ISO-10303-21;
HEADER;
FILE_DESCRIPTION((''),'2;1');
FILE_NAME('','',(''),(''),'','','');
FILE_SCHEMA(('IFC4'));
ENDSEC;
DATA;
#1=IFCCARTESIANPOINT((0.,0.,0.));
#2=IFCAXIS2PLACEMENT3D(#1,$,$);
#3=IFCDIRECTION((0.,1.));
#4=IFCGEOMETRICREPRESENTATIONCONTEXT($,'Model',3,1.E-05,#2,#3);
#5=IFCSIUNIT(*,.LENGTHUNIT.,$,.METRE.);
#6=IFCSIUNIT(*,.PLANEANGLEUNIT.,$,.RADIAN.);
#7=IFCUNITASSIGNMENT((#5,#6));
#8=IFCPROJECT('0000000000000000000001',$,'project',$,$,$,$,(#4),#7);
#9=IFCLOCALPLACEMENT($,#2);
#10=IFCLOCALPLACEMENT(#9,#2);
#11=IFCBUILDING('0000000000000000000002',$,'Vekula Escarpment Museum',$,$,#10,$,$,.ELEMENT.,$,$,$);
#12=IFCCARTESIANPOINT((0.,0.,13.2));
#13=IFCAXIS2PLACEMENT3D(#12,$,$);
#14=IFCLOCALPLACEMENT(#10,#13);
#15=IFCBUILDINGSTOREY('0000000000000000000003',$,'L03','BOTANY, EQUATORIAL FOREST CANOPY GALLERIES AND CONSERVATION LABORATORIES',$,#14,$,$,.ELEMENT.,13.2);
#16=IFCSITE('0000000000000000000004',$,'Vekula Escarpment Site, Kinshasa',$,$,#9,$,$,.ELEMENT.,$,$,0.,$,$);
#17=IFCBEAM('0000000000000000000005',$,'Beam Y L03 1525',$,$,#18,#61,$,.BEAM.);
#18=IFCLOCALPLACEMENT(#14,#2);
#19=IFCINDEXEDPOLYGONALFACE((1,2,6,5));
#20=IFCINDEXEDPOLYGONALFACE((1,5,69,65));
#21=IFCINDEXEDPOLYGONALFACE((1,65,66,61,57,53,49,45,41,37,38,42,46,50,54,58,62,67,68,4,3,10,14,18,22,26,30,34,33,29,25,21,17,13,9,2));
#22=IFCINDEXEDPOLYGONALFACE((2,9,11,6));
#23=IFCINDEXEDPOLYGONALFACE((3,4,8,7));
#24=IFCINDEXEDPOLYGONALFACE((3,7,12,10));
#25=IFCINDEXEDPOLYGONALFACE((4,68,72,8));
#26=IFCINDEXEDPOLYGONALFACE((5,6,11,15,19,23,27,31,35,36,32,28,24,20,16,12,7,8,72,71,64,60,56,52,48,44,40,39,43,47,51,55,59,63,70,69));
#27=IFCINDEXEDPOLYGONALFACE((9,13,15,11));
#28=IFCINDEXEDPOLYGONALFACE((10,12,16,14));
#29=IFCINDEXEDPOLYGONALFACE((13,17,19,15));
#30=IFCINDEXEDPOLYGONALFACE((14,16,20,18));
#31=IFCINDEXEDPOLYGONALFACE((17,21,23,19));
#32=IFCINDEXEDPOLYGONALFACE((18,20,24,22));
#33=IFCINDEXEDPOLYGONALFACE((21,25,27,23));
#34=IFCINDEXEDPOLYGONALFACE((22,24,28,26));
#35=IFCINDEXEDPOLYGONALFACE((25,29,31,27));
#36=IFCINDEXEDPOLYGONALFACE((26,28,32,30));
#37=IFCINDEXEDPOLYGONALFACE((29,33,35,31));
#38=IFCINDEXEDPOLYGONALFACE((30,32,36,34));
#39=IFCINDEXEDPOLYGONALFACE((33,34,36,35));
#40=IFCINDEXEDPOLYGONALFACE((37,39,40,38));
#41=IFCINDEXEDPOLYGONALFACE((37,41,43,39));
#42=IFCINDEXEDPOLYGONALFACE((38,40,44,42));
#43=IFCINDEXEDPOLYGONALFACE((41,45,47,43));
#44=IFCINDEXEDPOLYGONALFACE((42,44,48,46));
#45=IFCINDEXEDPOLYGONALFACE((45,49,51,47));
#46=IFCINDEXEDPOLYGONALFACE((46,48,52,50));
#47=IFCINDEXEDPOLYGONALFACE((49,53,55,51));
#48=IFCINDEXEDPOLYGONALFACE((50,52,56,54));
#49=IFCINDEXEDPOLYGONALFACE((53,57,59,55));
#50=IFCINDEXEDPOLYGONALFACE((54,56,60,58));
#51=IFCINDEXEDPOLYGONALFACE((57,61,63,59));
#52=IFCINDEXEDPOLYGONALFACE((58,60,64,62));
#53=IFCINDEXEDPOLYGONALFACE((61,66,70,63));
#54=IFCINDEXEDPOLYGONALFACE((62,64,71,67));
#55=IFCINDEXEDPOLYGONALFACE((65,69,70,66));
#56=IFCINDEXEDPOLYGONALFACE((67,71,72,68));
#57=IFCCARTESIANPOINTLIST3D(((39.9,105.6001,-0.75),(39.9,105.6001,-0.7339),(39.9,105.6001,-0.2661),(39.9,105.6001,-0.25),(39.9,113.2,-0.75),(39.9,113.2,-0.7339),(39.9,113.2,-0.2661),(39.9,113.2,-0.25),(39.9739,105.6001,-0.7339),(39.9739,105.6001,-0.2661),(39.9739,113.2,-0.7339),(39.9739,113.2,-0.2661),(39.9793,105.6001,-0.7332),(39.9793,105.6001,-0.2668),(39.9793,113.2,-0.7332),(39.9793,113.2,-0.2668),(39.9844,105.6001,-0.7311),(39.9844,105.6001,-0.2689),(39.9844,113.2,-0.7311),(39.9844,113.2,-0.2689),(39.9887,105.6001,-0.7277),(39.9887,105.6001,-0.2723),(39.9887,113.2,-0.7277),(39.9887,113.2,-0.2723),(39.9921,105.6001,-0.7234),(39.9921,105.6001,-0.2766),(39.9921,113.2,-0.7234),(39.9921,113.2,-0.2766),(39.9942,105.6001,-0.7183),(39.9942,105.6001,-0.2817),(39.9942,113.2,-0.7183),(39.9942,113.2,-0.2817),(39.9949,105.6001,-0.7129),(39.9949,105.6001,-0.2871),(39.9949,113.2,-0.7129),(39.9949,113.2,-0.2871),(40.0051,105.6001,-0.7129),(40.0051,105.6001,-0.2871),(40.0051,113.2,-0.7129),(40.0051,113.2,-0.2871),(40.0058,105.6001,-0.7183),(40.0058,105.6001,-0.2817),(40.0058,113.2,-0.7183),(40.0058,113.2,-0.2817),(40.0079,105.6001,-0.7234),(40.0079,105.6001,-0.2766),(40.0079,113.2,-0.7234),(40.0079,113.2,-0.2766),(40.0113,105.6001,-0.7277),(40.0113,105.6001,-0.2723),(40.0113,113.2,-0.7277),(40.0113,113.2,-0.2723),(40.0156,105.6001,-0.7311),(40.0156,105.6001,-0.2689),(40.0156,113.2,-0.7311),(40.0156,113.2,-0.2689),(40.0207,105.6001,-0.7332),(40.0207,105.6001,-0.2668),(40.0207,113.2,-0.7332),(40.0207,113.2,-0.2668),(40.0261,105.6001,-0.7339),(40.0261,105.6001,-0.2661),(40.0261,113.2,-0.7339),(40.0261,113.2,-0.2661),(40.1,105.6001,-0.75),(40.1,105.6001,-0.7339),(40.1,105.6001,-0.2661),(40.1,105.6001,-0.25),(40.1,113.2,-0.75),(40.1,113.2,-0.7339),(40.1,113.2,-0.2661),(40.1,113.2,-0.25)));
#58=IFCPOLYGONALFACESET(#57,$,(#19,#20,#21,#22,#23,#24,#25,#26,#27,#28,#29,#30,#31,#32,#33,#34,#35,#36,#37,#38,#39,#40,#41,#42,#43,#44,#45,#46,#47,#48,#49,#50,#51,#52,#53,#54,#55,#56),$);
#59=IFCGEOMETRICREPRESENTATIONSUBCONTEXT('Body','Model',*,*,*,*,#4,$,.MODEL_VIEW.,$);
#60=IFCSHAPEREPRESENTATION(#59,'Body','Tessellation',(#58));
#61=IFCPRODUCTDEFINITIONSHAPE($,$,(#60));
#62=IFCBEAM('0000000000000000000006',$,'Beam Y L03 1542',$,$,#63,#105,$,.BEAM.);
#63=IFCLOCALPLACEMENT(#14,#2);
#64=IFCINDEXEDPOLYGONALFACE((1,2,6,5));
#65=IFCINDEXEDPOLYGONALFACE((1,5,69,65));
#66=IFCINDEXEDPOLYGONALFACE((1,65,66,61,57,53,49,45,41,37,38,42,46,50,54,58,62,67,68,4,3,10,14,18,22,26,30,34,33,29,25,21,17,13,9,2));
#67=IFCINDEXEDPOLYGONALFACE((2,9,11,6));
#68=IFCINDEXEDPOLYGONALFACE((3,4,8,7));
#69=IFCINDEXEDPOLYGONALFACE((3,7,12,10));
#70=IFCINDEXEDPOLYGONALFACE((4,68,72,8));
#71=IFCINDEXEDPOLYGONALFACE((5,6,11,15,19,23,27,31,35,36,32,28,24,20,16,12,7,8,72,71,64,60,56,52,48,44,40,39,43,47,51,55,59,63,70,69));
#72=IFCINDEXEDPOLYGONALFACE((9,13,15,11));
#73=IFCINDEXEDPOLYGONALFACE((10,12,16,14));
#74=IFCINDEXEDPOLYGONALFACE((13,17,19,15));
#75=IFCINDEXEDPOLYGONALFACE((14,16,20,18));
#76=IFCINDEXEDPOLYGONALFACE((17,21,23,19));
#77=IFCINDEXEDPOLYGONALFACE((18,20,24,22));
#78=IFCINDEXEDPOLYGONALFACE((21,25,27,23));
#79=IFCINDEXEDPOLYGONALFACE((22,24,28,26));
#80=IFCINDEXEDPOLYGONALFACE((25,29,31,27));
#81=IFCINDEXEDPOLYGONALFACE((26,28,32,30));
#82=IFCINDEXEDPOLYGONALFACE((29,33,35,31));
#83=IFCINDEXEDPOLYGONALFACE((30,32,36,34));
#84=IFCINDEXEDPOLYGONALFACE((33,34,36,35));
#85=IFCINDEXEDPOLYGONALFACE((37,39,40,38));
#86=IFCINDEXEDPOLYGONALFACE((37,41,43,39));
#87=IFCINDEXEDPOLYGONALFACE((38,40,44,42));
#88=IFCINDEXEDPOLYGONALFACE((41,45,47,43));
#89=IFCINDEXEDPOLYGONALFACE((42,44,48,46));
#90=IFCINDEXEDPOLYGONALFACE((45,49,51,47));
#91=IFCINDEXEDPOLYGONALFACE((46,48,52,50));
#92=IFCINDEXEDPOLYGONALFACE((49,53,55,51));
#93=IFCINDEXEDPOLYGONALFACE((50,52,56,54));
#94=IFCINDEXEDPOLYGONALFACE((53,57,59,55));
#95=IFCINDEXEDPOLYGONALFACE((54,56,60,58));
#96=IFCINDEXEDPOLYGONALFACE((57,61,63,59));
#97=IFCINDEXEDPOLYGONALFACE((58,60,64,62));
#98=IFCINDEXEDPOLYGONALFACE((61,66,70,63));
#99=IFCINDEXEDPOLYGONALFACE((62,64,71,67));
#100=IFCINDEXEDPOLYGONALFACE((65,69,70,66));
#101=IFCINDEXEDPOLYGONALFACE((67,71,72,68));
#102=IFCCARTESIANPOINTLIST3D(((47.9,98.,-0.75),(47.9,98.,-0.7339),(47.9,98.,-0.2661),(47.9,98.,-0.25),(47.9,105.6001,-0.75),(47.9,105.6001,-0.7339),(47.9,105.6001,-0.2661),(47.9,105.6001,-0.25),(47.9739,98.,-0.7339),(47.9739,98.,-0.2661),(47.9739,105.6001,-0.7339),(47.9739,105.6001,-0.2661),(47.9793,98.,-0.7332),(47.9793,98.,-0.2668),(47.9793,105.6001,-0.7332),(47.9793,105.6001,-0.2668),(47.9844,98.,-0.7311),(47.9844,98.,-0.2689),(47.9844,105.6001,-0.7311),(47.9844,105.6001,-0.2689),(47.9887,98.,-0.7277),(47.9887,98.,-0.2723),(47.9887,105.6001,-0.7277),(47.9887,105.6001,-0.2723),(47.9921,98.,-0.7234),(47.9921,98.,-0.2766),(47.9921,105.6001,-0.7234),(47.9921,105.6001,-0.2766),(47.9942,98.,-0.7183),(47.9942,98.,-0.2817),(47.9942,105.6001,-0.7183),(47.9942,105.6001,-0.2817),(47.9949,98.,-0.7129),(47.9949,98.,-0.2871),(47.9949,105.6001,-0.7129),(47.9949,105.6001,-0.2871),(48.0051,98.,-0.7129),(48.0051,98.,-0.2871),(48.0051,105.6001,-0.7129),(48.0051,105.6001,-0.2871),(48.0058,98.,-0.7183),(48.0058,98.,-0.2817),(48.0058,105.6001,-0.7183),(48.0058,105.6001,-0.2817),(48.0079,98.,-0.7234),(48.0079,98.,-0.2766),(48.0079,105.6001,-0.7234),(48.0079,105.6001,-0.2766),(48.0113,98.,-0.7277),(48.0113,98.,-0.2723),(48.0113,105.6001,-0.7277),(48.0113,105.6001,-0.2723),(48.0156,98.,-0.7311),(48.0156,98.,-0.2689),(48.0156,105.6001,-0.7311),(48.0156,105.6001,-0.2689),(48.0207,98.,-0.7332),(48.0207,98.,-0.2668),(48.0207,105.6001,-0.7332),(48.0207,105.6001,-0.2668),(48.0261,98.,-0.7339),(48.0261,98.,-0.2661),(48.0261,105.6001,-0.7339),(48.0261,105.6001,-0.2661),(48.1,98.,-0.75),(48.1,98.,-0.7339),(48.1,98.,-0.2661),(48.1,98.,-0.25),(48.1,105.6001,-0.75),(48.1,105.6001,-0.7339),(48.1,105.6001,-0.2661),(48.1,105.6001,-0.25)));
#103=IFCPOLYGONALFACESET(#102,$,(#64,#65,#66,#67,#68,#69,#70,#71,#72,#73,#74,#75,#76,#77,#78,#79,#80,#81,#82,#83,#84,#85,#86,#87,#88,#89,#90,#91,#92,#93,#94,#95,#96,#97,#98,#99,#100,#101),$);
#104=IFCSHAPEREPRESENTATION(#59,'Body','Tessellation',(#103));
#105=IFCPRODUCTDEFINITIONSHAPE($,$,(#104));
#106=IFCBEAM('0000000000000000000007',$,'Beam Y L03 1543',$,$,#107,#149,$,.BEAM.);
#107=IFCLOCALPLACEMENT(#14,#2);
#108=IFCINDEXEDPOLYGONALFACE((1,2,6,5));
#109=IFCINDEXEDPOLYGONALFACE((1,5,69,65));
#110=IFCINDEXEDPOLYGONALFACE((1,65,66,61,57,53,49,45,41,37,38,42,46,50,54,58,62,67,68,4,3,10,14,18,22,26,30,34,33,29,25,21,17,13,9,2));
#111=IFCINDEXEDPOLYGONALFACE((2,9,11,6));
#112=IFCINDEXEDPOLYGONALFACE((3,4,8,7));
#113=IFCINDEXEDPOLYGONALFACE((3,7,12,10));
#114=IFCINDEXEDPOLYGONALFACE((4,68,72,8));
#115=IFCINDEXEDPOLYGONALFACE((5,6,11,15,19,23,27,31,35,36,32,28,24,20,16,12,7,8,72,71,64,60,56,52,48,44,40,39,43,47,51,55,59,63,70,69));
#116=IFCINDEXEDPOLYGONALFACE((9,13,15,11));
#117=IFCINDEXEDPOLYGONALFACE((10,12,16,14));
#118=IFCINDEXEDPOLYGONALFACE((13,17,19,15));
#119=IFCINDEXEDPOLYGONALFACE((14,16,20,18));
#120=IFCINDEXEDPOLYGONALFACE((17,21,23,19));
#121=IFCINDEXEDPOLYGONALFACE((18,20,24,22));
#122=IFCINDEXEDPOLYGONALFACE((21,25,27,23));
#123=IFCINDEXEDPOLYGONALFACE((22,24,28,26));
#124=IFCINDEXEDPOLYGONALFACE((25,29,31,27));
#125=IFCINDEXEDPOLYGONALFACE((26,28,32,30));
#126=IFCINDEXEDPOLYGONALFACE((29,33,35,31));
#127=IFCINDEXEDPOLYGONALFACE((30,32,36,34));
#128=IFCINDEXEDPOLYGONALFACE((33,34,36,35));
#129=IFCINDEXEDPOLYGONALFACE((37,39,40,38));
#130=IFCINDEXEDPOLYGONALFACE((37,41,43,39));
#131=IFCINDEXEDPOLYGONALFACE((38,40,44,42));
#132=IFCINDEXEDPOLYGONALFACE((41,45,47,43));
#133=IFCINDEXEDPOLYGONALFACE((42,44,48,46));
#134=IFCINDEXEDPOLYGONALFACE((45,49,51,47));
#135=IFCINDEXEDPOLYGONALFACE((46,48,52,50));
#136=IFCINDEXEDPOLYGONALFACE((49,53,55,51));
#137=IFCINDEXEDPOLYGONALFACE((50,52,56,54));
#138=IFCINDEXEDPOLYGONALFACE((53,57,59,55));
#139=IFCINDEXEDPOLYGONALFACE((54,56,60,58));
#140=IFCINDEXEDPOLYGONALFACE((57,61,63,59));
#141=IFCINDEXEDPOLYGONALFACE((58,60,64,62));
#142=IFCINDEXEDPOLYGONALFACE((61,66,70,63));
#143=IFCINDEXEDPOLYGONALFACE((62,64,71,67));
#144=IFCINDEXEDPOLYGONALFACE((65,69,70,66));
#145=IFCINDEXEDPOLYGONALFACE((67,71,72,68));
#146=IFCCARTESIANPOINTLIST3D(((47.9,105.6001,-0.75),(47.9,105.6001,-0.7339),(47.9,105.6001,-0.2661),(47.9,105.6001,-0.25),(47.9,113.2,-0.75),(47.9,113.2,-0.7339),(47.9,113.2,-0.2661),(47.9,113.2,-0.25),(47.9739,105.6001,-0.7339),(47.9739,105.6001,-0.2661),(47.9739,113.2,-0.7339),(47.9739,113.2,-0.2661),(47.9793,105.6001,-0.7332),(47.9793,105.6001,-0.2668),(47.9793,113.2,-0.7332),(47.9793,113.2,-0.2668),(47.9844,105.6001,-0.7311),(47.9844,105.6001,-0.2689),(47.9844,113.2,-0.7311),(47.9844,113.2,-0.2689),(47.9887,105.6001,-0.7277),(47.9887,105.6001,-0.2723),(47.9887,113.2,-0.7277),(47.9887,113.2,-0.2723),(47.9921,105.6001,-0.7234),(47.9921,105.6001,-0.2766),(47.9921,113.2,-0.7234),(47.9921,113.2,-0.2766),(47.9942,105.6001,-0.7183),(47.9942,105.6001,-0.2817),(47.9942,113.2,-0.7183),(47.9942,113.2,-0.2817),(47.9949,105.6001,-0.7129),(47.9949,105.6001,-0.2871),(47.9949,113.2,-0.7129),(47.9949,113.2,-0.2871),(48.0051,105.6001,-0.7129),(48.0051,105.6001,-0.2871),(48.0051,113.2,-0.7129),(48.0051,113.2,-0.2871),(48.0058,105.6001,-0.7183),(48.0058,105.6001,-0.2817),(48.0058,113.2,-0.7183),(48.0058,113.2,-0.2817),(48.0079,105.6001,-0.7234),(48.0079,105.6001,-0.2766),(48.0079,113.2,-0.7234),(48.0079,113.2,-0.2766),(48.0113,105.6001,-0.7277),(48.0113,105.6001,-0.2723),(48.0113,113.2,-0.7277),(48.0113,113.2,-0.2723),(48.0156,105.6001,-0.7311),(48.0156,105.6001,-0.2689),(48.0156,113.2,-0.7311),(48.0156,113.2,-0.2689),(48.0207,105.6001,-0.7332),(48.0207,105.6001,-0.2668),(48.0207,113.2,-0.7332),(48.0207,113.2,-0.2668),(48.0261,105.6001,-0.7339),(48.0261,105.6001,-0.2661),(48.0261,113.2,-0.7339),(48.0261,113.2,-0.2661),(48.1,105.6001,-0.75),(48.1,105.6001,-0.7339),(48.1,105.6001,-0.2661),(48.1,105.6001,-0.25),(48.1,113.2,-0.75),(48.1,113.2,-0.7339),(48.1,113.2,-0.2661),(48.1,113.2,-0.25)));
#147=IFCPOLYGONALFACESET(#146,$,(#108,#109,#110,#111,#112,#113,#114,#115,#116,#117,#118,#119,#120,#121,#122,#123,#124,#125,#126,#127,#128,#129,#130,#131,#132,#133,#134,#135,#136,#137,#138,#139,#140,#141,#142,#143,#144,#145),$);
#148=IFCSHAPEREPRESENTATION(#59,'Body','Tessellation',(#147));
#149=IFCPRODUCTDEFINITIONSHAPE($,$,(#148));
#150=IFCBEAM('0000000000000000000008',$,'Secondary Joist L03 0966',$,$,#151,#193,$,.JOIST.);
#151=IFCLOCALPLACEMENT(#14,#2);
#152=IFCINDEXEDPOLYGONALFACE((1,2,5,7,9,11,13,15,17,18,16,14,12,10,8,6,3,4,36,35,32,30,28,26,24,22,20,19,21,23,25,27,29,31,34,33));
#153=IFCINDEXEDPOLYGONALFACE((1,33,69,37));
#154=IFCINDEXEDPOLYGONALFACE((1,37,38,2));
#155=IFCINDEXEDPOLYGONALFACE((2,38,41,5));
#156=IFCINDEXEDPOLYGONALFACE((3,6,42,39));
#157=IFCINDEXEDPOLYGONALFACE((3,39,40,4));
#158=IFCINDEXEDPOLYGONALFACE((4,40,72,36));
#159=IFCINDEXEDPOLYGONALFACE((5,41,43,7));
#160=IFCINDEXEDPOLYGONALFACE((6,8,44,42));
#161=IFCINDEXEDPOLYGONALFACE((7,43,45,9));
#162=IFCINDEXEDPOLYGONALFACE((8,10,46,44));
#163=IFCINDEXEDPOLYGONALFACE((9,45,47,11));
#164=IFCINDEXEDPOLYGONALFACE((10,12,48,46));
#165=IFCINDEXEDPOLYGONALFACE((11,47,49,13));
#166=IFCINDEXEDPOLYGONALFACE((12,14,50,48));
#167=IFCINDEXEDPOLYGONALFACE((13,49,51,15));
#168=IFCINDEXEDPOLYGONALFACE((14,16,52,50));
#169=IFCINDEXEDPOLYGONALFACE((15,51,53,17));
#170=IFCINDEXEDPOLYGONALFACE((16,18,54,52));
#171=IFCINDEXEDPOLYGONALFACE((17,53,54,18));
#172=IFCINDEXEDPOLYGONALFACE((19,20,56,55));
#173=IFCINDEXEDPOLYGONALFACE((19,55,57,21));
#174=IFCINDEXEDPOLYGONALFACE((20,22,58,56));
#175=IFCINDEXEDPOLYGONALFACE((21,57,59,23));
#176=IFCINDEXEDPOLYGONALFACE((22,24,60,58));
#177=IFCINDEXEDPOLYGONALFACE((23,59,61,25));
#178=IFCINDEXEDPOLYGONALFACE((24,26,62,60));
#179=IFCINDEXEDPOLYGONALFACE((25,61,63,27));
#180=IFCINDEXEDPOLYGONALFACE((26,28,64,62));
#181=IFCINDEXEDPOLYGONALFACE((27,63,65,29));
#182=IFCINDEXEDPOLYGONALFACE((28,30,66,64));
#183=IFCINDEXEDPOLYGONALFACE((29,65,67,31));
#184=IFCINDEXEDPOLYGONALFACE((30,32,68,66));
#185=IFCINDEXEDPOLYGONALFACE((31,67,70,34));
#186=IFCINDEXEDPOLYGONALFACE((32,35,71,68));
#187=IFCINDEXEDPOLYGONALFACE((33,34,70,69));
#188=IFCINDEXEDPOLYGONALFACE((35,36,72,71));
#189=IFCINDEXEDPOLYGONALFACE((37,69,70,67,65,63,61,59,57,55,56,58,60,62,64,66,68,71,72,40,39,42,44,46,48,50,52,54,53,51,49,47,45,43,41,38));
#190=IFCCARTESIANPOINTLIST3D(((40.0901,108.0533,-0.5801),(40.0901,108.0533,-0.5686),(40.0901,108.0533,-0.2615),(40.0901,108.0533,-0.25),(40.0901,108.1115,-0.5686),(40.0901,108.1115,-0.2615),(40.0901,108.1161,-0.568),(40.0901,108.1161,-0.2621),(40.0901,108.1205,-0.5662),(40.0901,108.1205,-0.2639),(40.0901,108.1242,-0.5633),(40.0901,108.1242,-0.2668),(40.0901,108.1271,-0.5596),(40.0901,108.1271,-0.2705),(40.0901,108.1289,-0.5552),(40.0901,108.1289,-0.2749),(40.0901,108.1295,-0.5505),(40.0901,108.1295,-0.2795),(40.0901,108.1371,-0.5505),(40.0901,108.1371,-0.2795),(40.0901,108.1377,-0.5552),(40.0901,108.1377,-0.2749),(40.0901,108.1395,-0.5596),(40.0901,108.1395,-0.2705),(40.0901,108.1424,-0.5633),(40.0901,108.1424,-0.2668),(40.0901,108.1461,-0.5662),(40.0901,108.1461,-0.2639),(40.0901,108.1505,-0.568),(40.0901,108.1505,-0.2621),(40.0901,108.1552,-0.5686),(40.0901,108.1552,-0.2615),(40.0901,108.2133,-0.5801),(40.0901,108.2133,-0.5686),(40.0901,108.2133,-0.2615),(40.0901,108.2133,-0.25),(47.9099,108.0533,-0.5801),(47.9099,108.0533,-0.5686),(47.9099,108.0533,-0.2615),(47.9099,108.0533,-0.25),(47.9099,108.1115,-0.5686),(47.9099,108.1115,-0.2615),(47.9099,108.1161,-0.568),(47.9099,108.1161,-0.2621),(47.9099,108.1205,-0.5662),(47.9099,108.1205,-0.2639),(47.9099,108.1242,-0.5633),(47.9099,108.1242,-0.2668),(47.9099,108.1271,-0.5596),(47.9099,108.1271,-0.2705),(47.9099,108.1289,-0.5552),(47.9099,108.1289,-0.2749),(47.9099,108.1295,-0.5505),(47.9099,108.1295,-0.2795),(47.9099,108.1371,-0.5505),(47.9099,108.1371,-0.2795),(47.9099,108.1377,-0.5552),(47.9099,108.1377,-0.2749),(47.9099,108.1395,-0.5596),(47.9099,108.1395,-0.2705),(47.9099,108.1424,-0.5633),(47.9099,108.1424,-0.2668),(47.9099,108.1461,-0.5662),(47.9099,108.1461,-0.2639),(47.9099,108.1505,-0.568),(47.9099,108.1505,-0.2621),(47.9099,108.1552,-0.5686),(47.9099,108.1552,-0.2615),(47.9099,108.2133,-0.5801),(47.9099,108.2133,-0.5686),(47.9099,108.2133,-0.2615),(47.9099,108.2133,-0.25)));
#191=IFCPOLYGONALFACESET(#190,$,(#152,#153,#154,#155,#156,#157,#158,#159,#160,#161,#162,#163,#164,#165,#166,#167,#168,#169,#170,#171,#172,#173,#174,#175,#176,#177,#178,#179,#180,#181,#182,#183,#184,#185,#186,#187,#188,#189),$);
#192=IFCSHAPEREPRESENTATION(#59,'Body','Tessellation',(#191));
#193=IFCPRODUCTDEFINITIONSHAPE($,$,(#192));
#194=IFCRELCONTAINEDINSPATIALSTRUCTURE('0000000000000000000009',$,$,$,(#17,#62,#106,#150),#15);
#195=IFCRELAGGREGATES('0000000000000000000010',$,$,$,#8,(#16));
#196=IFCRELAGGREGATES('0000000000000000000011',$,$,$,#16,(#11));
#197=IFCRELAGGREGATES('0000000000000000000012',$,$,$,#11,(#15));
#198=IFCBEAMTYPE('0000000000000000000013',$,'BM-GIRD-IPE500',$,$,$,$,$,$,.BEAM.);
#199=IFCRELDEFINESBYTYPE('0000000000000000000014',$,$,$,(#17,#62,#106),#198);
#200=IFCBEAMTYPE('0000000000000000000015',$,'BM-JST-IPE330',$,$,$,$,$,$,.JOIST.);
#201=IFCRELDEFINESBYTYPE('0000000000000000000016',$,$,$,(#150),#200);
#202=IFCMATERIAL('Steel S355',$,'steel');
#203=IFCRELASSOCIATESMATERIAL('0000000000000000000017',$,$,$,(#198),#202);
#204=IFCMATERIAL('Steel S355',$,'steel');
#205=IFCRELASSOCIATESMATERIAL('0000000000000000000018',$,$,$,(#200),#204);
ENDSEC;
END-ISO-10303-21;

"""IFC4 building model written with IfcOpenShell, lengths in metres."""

from ifc_helpers import new_model, si_unit, direction, frame, origin, origin_2d, place, context, subcontext, project, spatial, i_section, extrude, material, material_profile, profile_set, type_object, element, save


model = new_model("IFC4")

# Units and contexts
model_context = context("Model", 3, precision=1e-05, world=origin(), true_north=direction((0.0, 1.0)))
body_context = subcontext(model_context, "Body", "Model", "MODEL_VIEW")
ifc_project = project(units=[si_unit("LENGTHUNIT", "METRE"), si_unit("PLANEANGLEUNIT", "RADIAN")], contexts=[model_context])

# Site, building, storey
site_placement = place(None, origin())
site = spatial("IfcSite", under=ifc_project, at=site_placement, Name="Vekula Escarpment Site, Kinshasa", CompositionType="ELEMENT", RefElevation=0.0)
building_placement = place(site_placement, origin())
building = spatial("IfcBuilding", under=site, at=building_placement, Name="Vekula Escarpment Museum", CompositionType="ELEMENT")
storey_placement = place(building_placement, frame((0.0, 0.0, 13.2)))
storey = spatial("IfcBuildingStorey", under=building, at=storey_placement, Name="L03", Description="BOTANY, EQUATORIAL FOREST CANOPY GALLERIES AND CONSERVATION LABORATORIES", CompositionType="ELEMENT", Elevation=13.2)

# Beams
ifc_material_1 = material(Name="Steel S355", Category="steel")
ifc_material_profile_1 = material_profile(ifc_material_1, i_section(OverallWidth=0.2, OverallDepth=0.5, WebThickness=0.0103, FlangeThickness=0.0161, FilletRadius=0.021, at=origin_2d()), Name="IPE 500")
ifc_profile_set_1 = profile_set([ifc_material_profile_1], Name="Steel S355")
beam_type_1 = type_object("IfcBeamType", Name="BM-GIRD-IPE500", PredefinedType="BEAM", material=ifc_profile_set_1)
beam_1_placement = place(storey_placement, frame((40.0, 105.6001, -0.5), z_axis=(0.0, 1.0, 0.0), x_axis=(-1.0, 0.0, 0.0)))
element("IfcBeam", 1, at=beam_1_placement, inside=storey, type_object=beam_type_1, Name="Beam Y L03 1525", PredefinedType="BEAM", context=body_context, shape_type="SweptSolid", body=[
    extrude(i_section(OverallWidth=0.2, OverallDepth=0.5, WebThickness=0.0103, FlangeThickness=0.0161, FilletRadius=0.021, at=origin_2d()), origin(), (0.0, 0.0, 1.0), 7.5999),
])
beam_2_placement = place(storey_placement, frame((48.0, 98.0, -0.5), z_axis=(0.0, 1.0, 0.0), x_axis=(-1.0, 0.0, 0.0)))
element("IfcBeam", 2, at=beam_2_placement, inside=storey, type_object=beam_type_1, Name="Beam Y L03 1542", PredefinedType="BEAM", context=body_context, shape_type="SweptSolid", body=[
    extrude(i_section(OverallWidth=0.2, OverallDepth=0.5, WebThickness=0.0103, FlangeThickness=0.0161, FilletRadius=0.021, at=origin_2d()), origin(), (0.0, 0.0, 1.0), 7.6001),
])
beam_3_placement = place(storey_placement, frame((48.0, 105.6001, -0.5), z_axis=(0.0, 1.0, 0.0), x_axis=(-1.0, 0.0, 0.0)))
element("IfcBeam", 3, at=beam_3_placement, inside=storey, type_object=beam_type_1, Name="Beam Y L03 1543", PredefinedType="BEAM", context=body_context, shape_type="SweptSolid", body=[
    extrude(i_section(OverallWidth=0.2, OverallDepth=0.5, WebThickness=0.0103, FlangeThickness=0.0161, FilletRadius=0.021, at=origin_2d()), origin(), (0.0, 0.0, 1.0), 7.5999),
])
ifc_material_2 = material(Name="Steel S355", Category="steel")
ifc_material_profile_2 = material_profile(ifc_material_2, i_section(OverallWidth=0.1599, OverallDepth=0.3301, WebThickness=0.0076, FlangeThickness=0.0115, FilletRadius=0.0181, at=origin_2d()), Name="IPE 330")
ifc_profile_set_2 = profile_set([ifc_material_profile_2], Name="Steel S355")
beam_type_2 = type_object("IfcBeamType", Name="BM-JST-IPE330", PredefinedType="JOIST", material=ifc_profile_set_2)
beam_4_placement = place(storey_placement, frame((40.0901, 108.1333, -0.415), z_axis=(1.0, 0.0, 0.0), x_axis=(0.0, 1.0, 0.0)))
element("IfcBeam", 4, at=beam_4_placement, inside=storey, type_object=beam_type_2, Name="Secondary Joist L03 0966", PredefinedType="JOIST", context=body_context, shape_type="SweptSolid", body=[
    extrude(i_section(OverallWidth=0.1599, OverallDepth=0.3301, WebThickness=0.0076, FlangeThickness=0.0115, FilletRadius=0.0181, at=origin_2d()), origin(), (0.0, 0.0, 1.0), 7.8198),
])

save(model, "model.ifc")
